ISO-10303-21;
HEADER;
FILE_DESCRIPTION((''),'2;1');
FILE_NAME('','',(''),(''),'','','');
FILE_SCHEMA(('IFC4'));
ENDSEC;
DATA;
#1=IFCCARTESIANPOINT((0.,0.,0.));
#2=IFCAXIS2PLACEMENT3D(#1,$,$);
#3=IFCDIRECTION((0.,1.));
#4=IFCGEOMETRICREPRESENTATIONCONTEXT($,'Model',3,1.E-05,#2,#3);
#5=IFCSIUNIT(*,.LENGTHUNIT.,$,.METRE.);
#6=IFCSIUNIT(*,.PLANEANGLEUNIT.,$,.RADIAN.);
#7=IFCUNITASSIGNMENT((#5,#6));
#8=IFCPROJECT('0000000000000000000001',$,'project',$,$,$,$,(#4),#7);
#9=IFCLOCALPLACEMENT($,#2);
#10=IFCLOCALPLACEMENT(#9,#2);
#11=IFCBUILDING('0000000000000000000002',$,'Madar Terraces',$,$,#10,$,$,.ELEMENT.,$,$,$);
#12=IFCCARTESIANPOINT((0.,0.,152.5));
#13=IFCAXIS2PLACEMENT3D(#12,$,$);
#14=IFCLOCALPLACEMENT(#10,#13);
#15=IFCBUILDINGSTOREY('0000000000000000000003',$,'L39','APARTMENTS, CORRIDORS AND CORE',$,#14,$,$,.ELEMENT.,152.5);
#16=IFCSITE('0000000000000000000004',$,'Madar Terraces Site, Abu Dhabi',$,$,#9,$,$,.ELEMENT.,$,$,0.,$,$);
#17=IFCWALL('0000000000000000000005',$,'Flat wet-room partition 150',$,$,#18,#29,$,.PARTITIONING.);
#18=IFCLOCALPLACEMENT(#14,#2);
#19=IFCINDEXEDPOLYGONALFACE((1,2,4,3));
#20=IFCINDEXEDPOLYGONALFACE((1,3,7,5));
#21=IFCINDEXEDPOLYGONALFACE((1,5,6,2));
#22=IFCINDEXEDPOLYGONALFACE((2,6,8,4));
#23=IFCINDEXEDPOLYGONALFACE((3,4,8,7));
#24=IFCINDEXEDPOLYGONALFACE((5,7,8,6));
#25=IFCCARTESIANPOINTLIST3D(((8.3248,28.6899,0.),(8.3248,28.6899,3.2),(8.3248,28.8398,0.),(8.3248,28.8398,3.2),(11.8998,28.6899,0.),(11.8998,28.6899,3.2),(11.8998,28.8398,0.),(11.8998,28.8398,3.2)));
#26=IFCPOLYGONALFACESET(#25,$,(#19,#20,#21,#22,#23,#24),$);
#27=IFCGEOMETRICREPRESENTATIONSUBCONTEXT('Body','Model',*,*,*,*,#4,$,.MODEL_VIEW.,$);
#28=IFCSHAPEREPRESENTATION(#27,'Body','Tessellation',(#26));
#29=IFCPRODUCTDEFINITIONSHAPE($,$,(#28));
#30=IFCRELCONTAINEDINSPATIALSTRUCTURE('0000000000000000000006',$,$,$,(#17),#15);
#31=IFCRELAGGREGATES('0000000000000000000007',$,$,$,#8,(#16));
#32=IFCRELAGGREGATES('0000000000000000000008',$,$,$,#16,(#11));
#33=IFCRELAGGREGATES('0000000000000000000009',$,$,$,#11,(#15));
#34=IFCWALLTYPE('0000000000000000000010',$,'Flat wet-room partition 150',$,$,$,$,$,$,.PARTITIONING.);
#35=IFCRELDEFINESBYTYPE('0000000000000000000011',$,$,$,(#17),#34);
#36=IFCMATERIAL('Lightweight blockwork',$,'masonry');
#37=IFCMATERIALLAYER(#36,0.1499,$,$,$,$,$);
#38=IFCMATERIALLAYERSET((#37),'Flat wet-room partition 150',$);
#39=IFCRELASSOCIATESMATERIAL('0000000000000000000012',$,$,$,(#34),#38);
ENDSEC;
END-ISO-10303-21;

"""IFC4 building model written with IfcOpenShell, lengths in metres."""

from ifc_helpers import new_model, si_unit, direction, frame, frame_2d, origin, place, context, subcontext, project, spatial, rectangle, extrude, material, layer, layer_set, type_object, element, save


model = new_model("IFC4")

# Units and contexts
model_context = context("Model", 3, precision=1e-05, world=origin(), true_north=direction((0.0, 1.0)))
body_context = subcontext(model_context, "Body", "Model", "MODEL_VIEW")
ifc_project = project(units=[si_unit("LENGTHUNIT", "METRE"), si_unit("PLANEANGLEUNIT", "RADIAN")], contexts=[model_context])

# Site, building, storey
site_placement = place(None, origin())
site = spatial("IfcSite", under=ifc_project, at=site_placement, Name="Madar Terraces Site, Abu Dhabi", CompositionType="ELEMENT", RefElevation=0.0)
building_placement = place(site_placement, origin())
building = spatial("IfcBuilding", under=site, at=building_placement, Name="Madar Terraces", CompositionType="ELEMENT")
storey_placement = place(building_placement, frame((0.0, 0.0, 152.5)))
storey = spatial("IfcBuildingStorey", under=building, at=storey_placement, Name="L39", Description="APARTMENTS, CORRIDORS AND CORE", CompositionType="ELEMENT", Elevation=152.5)

# Wall
ifc_material_1 = material(Name="Lightweight blockwork", Category="masonry")
ifc_layer_1 = layer(ifc_material_1, 0.1499)
ifc_layer_set_1 = layer_set([ifc_layer_1], Name="Flat wet-room partition 150")
wall_type_1 = type_object("IfcWallType", Name="Flat wet-room partition 150", PredefinedType="PARTITIONING", material=ifc_layer_set_1)
wall_1_placement = place(storey_placement, frame((11.8999, 28.7649, 0.0), z_axis=(0.0, 0.0, 1.0), x_axis=(-1.0, 0.0, 0.0)))
element("IfcWall", 1, at=wall_1_placement, inside=storey, type_object=wall_type_1, Name="Flat wet-room partition 150", PredefinedType="PARTITIONING", context=body_context, shape_type="SweptSolid", body=[
    extrude(rectangle(XDim=3.575, YDim=0.1499, at=frame_2d((1.7876, 0.0))), origin(), (0.0, 0.0, 1.0), 3.2),
])

save(model, "model.ifc")
